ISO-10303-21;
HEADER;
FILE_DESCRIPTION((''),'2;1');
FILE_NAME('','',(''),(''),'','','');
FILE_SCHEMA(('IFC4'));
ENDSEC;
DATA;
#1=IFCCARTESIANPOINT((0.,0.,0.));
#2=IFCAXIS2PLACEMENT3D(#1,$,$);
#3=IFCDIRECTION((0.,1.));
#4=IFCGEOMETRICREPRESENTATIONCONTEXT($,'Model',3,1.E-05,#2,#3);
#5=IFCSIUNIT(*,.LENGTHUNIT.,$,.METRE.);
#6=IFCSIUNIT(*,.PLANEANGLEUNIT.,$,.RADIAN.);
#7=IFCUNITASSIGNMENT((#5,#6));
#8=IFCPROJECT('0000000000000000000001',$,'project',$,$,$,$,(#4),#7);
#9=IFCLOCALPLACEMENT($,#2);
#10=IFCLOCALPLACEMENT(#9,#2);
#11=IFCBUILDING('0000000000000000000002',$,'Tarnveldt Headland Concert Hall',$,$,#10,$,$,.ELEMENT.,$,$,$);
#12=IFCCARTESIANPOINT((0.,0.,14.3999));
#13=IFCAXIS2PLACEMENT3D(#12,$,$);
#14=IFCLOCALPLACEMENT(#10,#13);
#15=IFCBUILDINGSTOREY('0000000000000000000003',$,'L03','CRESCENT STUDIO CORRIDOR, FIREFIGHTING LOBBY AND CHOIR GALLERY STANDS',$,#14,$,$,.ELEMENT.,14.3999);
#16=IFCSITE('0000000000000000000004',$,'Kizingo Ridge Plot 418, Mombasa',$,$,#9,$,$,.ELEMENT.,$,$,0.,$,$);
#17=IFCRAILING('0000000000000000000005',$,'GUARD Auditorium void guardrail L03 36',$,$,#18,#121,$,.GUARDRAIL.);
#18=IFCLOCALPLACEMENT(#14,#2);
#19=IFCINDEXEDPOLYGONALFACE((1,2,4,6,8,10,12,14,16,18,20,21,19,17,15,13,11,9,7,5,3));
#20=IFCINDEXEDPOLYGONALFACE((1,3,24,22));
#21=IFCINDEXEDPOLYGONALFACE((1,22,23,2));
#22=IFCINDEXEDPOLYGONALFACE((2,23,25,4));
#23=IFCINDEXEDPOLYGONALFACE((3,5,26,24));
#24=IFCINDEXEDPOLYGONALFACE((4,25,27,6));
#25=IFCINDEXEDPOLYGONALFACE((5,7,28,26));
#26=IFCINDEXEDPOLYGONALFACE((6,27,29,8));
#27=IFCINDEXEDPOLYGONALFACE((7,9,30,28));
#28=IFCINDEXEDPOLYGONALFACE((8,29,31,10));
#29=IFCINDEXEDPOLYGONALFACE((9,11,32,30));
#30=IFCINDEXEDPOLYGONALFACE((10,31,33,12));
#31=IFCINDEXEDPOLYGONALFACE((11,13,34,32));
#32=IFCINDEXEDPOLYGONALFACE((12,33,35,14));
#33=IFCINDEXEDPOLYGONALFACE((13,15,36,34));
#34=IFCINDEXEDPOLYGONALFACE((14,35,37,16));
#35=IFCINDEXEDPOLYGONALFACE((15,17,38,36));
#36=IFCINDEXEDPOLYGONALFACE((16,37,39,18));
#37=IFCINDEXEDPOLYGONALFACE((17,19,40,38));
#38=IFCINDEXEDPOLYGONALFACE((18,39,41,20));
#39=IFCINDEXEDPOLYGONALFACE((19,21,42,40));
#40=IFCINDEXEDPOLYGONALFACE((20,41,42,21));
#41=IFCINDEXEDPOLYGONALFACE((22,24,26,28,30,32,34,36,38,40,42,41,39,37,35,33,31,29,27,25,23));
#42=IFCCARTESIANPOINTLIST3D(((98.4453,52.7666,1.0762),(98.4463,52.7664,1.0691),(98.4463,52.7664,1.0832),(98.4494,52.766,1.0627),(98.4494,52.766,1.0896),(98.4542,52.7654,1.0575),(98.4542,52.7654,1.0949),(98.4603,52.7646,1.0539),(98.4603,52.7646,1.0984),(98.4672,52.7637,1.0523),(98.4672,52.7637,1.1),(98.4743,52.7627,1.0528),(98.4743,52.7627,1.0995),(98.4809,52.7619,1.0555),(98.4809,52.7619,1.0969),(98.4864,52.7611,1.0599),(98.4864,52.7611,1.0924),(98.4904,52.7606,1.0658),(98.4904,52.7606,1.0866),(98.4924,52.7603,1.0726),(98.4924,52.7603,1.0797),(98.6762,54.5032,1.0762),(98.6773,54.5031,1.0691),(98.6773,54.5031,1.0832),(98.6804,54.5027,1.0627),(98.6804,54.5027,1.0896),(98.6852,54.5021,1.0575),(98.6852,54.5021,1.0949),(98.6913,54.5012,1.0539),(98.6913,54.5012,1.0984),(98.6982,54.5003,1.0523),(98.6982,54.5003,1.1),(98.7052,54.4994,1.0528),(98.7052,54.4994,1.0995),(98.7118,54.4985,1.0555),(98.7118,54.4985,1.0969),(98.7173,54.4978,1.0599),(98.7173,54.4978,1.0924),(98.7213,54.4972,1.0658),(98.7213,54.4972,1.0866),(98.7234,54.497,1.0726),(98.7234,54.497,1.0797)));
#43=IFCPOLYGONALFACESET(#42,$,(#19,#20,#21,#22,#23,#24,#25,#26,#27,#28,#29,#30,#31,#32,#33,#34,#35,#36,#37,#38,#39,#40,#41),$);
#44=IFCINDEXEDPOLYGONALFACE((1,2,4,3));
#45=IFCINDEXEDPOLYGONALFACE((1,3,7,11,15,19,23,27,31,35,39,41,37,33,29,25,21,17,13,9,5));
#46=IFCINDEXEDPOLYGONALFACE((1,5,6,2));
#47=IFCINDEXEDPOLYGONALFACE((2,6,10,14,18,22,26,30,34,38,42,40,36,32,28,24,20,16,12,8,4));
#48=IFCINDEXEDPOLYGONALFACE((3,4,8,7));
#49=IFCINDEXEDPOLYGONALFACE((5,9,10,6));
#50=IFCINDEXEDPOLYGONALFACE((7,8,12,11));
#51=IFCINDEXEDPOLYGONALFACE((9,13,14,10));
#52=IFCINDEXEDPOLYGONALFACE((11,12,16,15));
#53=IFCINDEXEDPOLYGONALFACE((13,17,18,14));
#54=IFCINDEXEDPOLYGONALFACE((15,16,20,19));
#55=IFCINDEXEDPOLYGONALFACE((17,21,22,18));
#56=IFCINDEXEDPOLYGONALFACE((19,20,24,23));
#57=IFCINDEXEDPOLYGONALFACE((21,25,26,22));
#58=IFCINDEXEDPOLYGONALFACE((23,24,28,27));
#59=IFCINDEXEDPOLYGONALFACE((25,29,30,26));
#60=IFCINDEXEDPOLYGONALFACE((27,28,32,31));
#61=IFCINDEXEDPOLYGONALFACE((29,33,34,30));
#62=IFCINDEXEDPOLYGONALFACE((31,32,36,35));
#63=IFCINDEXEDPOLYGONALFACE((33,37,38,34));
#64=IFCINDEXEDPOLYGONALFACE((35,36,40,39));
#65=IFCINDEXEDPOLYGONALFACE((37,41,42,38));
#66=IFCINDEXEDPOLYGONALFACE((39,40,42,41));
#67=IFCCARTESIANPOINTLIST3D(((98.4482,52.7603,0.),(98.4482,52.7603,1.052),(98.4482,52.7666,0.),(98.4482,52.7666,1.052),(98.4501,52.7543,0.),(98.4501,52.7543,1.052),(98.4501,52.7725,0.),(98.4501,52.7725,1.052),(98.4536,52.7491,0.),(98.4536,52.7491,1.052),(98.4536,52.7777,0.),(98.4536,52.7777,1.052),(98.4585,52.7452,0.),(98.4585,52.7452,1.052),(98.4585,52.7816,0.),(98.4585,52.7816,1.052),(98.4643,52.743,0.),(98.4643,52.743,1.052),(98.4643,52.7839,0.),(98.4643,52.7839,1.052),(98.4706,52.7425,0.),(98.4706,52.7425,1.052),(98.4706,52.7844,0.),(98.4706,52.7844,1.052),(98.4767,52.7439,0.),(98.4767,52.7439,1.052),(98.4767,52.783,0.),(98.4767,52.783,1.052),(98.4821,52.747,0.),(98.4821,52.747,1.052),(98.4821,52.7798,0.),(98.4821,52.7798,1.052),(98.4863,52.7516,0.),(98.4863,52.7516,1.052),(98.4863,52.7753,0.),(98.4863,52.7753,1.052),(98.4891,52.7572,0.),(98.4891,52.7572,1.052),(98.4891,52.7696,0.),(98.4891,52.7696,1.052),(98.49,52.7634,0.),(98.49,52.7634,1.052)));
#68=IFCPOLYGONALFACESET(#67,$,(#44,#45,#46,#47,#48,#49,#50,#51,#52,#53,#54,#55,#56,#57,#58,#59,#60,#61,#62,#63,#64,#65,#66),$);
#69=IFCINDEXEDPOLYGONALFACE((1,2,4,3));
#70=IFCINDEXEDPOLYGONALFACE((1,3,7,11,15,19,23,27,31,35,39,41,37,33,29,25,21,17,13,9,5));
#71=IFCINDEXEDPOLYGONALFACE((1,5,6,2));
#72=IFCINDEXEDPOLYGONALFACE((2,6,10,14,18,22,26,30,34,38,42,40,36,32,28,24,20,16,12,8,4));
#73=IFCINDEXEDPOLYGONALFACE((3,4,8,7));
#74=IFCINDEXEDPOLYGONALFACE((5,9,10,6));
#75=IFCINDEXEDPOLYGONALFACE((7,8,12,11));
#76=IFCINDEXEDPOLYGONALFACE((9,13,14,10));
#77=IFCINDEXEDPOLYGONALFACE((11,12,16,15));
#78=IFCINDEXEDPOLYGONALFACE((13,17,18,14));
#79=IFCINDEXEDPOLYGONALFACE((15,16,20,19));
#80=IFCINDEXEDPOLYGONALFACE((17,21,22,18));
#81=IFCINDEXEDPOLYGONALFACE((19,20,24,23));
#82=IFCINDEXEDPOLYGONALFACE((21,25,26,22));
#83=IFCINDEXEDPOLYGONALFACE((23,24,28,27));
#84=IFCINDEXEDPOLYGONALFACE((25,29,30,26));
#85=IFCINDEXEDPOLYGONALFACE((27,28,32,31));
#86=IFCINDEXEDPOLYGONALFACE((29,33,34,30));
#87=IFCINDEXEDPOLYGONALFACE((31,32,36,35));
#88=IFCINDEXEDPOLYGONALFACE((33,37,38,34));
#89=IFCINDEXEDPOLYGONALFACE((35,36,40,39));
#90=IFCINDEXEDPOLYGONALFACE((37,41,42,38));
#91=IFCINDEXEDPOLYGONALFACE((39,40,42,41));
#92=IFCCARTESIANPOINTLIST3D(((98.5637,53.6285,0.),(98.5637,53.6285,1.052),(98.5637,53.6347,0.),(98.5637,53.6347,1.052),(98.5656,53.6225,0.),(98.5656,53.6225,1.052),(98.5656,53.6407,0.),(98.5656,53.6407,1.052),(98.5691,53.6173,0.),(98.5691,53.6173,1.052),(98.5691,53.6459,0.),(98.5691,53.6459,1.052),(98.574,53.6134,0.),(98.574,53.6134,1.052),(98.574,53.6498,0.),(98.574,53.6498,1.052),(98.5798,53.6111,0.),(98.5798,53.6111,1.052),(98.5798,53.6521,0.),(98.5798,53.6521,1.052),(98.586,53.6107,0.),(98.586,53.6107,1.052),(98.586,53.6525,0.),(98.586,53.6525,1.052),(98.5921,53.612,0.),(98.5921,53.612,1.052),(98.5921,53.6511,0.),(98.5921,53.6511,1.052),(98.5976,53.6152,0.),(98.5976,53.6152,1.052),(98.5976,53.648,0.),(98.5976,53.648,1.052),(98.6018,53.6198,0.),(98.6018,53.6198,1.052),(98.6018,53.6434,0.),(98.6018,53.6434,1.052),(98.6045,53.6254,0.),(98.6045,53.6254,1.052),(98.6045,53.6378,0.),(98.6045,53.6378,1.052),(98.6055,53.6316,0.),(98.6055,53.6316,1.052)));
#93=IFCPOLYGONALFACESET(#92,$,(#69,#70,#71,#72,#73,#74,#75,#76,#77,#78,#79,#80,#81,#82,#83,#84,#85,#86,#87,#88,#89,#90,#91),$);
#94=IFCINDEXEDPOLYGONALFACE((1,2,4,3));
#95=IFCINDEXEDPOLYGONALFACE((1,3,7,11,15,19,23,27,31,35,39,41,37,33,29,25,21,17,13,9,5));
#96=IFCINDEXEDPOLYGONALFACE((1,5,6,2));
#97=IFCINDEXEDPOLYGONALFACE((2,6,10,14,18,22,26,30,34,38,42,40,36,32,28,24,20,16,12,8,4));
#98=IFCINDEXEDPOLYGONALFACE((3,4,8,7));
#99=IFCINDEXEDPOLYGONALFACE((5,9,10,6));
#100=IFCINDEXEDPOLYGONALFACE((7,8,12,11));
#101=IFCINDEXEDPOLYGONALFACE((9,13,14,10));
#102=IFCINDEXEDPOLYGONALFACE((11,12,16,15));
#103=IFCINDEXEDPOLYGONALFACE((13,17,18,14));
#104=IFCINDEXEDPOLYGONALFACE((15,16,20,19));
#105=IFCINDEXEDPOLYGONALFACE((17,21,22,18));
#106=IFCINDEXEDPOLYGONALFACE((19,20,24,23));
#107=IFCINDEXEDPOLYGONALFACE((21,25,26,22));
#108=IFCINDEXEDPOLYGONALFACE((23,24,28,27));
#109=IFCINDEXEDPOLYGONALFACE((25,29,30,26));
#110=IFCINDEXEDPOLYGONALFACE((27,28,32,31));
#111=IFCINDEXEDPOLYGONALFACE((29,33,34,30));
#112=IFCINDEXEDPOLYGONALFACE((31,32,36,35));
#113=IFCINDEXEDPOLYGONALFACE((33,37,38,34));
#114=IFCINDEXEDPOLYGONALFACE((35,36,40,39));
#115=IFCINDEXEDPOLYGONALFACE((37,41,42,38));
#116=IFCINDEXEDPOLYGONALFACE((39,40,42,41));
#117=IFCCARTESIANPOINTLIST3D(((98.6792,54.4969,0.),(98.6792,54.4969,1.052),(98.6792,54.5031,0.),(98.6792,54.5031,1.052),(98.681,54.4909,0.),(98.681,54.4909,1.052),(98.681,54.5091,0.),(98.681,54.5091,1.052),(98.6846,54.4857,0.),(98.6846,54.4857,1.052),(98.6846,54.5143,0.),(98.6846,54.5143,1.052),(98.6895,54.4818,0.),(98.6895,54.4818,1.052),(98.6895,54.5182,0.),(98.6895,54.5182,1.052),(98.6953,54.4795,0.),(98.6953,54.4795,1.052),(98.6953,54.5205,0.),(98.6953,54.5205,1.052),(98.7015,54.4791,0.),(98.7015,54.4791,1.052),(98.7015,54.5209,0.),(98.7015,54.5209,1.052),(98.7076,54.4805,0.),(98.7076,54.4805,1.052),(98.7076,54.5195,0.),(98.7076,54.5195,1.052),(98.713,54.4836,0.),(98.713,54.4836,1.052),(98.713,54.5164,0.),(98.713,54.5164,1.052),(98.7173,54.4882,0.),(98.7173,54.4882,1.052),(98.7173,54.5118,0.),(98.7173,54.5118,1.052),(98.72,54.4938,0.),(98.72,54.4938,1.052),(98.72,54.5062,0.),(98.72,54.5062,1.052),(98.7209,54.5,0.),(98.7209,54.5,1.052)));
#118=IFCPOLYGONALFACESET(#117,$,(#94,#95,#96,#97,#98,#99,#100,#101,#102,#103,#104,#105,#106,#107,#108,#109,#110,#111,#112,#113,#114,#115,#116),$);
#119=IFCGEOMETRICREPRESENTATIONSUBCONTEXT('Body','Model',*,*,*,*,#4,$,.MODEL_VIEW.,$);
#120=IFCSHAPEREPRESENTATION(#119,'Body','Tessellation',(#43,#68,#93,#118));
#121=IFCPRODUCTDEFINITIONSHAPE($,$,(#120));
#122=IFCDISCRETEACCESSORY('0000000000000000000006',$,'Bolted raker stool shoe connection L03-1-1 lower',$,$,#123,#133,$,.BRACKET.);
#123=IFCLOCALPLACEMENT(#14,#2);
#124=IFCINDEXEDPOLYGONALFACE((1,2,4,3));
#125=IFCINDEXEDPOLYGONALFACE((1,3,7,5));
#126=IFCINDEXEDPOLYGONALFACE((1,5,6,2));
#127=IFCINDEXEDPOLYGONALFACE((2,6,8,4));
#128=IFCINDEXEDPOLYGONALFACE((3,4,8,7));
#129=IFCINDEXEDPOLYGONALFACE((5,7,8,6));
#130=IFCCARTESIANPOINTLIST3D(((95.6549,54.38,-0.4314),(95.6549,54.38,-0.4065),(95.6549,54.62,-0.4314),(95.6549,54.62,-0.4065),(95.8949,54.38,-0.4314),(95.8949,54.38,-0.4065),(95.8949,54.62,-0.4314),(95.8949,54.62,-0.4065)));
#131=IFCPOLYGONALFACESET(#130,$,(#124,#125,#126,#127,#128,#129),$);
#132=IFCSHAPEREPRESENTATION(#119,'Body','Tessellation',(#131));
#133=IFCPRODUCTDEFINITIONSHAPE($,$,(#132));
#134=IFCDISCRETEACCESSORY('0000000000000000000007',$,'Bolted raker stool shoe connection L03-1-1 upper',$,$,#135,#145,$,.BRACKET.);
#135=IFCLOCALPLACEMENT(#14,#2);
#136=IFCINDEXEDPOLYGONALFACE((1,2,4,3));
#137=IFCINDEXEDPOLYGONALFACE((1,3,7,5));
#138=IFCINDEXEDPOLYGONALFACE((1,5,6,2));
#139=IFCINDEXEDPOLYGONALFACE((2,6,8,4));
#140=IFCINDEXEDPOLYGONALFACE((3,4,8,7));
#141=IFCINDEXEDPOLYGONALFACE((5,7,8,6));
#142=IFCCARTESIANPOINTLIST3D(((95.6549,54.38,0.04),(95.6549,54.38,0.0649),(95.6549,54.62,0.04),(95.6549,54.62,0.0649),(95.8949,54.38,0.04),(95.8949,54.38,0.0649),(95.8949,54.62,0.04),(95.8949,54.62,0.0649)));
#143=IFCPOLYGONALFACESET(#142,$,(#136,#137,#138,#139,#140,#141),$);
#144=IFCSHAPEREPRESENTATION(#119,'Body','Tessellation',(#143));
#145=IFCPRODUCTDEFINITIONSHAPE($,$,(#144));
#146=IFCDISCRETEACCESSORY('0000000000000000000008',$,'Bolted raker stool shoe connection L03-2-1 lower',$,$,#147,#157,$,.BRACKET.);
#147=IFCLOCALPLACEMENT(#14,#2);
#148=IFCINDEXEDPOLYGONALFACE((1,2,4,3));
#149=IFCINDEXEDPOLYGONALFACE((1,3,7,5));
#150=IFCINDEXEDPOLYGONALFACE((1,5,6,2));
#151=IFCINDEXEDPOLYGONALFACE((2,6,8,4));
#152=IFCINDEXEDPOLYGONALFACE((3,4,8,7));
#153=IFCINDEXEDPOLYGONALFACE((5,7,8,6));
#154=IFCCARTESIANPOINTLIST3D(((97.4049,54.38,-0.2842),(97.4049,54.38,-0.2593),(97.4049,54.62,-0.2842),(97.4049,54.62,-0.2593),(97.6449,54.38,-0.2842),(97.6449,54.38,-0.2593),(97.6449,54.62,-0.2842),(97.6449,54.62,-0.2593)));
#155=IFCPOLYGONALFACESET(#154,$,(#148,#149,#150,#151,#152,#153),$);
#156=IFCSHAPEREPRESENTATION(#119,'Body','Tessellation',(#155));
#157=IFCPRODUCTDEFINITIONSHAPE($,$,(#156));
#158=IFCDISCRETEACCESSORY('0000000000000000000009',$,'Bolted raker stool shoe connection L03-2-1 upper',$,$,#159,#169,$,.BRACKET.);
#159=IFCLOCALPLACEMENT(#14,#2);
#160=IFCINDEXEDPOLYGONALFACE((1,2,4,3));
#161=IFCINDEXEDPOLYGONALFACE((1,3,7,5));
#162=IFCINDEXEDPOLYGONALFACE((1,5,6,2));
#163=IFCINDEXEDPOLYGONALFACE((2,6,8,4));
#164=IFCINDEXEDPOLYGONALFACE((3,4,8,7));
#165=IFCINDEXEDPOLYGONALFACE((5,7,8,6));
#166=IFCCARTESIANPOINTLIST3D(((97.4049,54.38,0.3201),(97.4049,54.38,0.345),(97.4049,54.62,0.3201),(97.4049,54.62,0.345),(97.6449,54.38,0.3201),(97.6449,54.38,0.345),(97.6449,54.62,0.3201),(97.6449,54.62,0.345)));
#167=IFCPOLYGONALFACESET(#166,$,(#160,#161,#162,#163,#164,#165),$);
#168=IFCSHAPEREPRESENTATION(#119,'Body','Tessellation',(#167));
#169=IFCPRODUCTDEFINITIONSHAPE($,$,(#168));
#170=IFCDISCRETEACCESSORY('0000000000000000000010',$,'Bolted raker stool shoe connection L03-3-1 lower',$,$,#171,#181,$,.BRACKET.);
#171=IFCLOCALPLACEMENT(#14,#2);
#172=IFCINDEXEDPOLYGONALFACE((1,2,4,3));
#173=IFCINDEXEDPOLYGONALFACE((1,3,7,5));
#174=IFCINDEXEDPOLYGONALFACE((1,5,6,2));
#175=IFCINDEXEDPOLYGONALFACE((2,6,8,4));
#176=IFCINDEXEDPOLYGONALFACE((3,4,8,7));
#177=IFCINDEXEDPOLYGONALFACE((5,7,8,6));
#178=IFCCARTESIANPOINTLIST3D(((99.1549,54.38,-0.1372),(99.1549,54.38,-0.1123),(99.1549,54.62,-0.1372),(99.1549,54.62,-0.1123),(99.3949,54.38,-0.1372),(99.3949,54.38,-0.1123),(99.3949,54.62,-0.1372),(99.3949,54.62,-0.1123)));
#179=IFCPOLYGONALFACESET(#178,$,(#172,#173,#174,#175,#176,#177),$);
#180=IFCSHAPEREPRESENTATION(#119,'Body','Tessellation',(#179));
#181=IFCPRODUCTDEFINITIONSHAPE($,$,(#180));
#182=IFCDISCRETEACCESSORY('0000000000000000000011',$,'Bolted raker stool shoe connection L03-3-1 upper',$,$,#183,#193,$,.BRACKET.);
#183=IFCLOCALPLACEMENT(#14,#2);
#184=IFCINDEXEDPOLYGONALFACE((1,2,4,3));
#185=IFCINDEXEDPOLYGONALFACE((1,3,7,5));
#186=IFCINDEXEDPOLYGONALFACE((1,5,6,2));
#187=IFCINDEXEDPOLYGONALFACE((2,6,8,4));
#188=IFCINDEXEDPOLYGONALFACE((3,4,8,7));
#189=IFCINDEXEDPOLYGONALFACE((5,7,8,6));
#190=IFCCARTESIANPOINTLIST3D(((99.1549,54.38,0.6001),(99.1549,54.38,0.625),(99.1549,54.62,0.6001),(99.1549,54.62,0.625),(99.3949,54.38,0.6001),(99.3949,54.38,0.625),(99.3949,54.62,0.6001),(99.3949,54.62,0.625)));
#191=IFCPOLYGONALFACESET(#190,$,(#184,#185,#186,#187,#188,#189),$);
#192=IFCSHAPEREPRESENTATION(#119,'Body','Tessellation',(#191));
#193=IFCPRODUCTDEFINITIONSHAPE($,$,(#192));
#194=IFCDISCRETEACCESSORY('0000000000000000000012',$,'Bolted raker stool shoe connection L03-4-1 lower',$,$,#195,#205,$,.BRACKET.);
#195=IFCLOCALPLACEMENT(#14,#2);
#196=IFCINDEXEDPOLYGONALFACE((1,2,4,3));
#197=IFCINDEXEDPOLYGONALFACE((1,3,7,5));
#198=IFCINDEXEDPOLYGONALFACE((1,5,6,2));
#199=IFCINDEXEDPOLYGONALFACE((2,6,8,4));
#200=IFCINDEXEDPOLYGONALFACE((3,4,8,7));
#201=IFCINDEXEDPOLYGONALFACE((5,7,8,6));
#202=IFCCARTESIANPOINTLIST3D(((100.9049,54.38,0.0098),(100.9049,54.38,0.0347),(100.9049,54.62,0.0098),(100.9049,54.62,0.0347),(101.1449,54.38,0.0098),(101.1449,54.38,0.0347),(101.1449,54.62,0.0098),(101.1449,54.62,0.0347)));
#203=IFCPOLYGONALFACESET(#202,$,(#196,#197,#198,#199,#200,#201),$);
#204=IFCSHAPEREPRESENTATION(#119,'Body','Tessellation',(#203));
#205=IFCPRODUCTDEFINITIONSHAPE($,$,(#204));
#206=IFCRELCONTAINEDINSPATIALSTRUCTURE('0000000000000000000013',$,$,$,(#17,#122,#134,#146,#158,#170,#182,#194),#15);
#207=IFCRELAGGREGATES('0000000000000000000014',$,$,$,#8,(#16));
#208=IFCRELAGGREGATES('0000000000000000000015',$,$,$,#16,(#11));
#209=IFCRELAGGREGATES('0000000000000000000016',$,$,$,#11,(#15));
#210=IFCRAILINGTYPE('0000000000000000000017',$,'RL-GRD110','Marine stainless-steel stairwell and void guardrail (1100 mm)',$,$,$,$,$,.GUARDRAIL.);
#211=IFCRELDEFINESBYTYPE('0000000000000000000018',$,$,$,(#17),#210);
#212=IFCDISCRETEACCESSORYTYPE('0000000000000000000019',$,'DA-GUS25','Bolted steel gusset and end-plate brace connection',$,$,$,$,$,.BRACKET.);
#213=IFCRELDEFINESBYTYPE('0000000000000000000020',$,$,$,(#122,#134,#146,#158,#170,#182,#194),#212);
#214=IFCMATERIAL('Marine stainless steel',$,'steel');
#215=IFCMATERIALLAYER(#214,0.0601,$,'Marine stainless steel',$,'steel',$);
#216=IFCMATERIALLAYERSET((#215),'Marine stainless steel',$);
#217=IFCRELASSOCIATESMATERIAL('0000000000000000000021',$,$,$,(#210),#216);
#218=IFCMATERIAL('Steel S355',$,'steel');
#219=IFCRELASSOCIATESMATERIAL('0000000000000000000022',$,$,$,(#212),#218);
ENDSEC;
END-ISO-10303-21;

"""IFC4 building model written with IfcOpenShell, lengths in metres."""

from ifc_helpers import new_model, si_unit, direction, frame, origin, origin_2d, place, context, subcontext, project, spatial, rectangle, circle, extrude, material, layer, layer_set, type_object, element, save


model = new_model("IFC4")

# Units and contexts
model_context = context("Model", 3, precision=1e-05, world=origin(), true_north=direction((0.0, 1.0)))
body_context = subcontext(model_context, "Body", "Model", "MODEL_VIEW")
ifc_project = project(units=[si_unit("LENGTHUNIT", "METRE"), si_unit("PLANEANGLEUNIT", "RADIAN")], contexts=[model_context])

# Site, building, storey
site_placement = place(None, origin())
site = spatial("IfcSite", under=ifc_project, at=site_placement, Name="Kizingo Ridge Plot 418, Mombasa", CompositionType="ELEMENT", RefElevation=0.0)
building_placement = place(site_placement, origin())
building = spatial("IfcBuilding", under=site, at=building_placement, Name="Tarnveldt Headland Concert Hall", CompositionType="ELEMENT")
storey_placement = place(building_placement, frame((0.0, 0.0, 14.3999)))
storey = spatial("IfcBuildingStorey", under=building, at=storey_placement, Name="L03", Description="CRESCENT STUDIO CORRIDOR, FIREFIGHTING LOBBY AND CHOIR GALLERY STANDS", CompositionType="ELEMENT", Elevation=14.3999)

# Shared definitions
ifc_material_1 = material(Name="Steel S355", Category="steel")

# Railing
ifc_material_2 = material(Name="Marine stainless steel", Category="steel")
ifc_layer_1 = layer(ifc_material_2, 0.0601, Name="Marine stainless steel", Category="steel")
ifc_layer_set_1 = layer_set([ifc_layer_1], Name="Marine stainless steel")
railing_type = type_object("IfcRailingType", Name="RL-GRD110", Description="Marine stainless-steel stairwell and void guardrail (1100 mm)", PredefinedType="GUARDRAIL", material=ifc_layer_set_1)
railing_1_placement = place(storey_placement, frame((98.469, 52.7634, 0.0)))
element("IfcRailing", 1, at=railing_1_placement, inside=storey, type_object=railing_type, Name="GUARD Auditorium void guardrail L03 36", PredefinedType="GUARDRAIL", context=body_context, shape_type="SweptSolid", body=[
    extrude(circle(Radius=0.0239, at=origin_2d()), frame((0.0, 0.0, 1.0762), z_axis=(0.131835, 0.991272, 0.0), x_axis=(-0.991272, 0.131835, 0.0)), (0.0, 0.0, 1.0), 1.752),
    extrude(circle(Radius=0.021, at=origin_2d()), origin(), (0.0, 0.0, 1.0), 1.052),
    extrude(circle(Radius=0.021, at=origin_2d()), frame((0.1155, 0.8682, 0.0)), (0.0, 0.0, 1.0), 1.052),
    extrude(circle(Radius=0.021, at=origin_2d()), frame((0.231, 1.7366, 0.0)), (0.0, 0.0, 1.0), 1.052),
])

# Discrete accessories
discrete_accessory_type = type_object("IfcDiscreteAccessoryType", Name="DA-GUS25", Description="Bolted steel gusset and end-plate brace connection", PredefinedType="BRACKET", material=ifc_material_1)
for number, where, z_axis, x_axis, name in (
    (2, (95.7749, 54.5, -0.4314), (0.0, 0.0, 1.0), (1.0, 0.0, 0.0), "Bolted raker stool shoe connection L03-1-1 lower"),
    (3, (95.7749, 54.5, 0.04), (0.0, 0.0, 1.0), (1.0, 0.0, 0.0), "Bolted raker stool shoe connection L03-1-1 upper"),
    (4, (97.5249, 54.5, -0.2842), (0.0, 0.0, 1.0), (1.0, 0.0, 0.0), "Bolted raker stool shoe connection L03-2-1 lower"),
    (5, (97.5249, 54.5, 0.3201), (0.0, 0.0, 1.0), (1.0, 0.0, 0.0), "Bolted raker stool shoe connection L03-2-1 upper"),
    (6, (99.2749, 54.5, -0.1372), (0.0, 0.0, 1.0), (1.0, 0.0, 0.0), "Bolted raker stool shoe connection L03-3-1 lower"),
    (7, (99.2749, 54.5, 0.6001), (0.0, 0.0, 1.0), (1.0, 0.0, 0.0), "Bolted raker stool shoe connection L03-3-1 upper"),
    (8, (101.0249, 54.5, 0.0098), (0.0, 0.0, 1.0), (1.0, 0.0, 0.0), "Bolted raker stool shoe connection L03-4-1 lower"),
):
    element("IfcDiscreteAccessory", number, at=place(storey_placement, frame(where, z_axis=z_axis, x_axis=x_axis)), inside=storey, type_object=discrete_accessory_type, Name=name, PredefinedType="BRACKET", context=body_context, shape_type="SweptSolid", body=[
        extrude(rectangle(XDim=0.24, YDim=0.24, at=origin_2d()), origin(), (0.0, 0.0, 1.0), 0.0249),
    ])

save(model, "model.ifc")
